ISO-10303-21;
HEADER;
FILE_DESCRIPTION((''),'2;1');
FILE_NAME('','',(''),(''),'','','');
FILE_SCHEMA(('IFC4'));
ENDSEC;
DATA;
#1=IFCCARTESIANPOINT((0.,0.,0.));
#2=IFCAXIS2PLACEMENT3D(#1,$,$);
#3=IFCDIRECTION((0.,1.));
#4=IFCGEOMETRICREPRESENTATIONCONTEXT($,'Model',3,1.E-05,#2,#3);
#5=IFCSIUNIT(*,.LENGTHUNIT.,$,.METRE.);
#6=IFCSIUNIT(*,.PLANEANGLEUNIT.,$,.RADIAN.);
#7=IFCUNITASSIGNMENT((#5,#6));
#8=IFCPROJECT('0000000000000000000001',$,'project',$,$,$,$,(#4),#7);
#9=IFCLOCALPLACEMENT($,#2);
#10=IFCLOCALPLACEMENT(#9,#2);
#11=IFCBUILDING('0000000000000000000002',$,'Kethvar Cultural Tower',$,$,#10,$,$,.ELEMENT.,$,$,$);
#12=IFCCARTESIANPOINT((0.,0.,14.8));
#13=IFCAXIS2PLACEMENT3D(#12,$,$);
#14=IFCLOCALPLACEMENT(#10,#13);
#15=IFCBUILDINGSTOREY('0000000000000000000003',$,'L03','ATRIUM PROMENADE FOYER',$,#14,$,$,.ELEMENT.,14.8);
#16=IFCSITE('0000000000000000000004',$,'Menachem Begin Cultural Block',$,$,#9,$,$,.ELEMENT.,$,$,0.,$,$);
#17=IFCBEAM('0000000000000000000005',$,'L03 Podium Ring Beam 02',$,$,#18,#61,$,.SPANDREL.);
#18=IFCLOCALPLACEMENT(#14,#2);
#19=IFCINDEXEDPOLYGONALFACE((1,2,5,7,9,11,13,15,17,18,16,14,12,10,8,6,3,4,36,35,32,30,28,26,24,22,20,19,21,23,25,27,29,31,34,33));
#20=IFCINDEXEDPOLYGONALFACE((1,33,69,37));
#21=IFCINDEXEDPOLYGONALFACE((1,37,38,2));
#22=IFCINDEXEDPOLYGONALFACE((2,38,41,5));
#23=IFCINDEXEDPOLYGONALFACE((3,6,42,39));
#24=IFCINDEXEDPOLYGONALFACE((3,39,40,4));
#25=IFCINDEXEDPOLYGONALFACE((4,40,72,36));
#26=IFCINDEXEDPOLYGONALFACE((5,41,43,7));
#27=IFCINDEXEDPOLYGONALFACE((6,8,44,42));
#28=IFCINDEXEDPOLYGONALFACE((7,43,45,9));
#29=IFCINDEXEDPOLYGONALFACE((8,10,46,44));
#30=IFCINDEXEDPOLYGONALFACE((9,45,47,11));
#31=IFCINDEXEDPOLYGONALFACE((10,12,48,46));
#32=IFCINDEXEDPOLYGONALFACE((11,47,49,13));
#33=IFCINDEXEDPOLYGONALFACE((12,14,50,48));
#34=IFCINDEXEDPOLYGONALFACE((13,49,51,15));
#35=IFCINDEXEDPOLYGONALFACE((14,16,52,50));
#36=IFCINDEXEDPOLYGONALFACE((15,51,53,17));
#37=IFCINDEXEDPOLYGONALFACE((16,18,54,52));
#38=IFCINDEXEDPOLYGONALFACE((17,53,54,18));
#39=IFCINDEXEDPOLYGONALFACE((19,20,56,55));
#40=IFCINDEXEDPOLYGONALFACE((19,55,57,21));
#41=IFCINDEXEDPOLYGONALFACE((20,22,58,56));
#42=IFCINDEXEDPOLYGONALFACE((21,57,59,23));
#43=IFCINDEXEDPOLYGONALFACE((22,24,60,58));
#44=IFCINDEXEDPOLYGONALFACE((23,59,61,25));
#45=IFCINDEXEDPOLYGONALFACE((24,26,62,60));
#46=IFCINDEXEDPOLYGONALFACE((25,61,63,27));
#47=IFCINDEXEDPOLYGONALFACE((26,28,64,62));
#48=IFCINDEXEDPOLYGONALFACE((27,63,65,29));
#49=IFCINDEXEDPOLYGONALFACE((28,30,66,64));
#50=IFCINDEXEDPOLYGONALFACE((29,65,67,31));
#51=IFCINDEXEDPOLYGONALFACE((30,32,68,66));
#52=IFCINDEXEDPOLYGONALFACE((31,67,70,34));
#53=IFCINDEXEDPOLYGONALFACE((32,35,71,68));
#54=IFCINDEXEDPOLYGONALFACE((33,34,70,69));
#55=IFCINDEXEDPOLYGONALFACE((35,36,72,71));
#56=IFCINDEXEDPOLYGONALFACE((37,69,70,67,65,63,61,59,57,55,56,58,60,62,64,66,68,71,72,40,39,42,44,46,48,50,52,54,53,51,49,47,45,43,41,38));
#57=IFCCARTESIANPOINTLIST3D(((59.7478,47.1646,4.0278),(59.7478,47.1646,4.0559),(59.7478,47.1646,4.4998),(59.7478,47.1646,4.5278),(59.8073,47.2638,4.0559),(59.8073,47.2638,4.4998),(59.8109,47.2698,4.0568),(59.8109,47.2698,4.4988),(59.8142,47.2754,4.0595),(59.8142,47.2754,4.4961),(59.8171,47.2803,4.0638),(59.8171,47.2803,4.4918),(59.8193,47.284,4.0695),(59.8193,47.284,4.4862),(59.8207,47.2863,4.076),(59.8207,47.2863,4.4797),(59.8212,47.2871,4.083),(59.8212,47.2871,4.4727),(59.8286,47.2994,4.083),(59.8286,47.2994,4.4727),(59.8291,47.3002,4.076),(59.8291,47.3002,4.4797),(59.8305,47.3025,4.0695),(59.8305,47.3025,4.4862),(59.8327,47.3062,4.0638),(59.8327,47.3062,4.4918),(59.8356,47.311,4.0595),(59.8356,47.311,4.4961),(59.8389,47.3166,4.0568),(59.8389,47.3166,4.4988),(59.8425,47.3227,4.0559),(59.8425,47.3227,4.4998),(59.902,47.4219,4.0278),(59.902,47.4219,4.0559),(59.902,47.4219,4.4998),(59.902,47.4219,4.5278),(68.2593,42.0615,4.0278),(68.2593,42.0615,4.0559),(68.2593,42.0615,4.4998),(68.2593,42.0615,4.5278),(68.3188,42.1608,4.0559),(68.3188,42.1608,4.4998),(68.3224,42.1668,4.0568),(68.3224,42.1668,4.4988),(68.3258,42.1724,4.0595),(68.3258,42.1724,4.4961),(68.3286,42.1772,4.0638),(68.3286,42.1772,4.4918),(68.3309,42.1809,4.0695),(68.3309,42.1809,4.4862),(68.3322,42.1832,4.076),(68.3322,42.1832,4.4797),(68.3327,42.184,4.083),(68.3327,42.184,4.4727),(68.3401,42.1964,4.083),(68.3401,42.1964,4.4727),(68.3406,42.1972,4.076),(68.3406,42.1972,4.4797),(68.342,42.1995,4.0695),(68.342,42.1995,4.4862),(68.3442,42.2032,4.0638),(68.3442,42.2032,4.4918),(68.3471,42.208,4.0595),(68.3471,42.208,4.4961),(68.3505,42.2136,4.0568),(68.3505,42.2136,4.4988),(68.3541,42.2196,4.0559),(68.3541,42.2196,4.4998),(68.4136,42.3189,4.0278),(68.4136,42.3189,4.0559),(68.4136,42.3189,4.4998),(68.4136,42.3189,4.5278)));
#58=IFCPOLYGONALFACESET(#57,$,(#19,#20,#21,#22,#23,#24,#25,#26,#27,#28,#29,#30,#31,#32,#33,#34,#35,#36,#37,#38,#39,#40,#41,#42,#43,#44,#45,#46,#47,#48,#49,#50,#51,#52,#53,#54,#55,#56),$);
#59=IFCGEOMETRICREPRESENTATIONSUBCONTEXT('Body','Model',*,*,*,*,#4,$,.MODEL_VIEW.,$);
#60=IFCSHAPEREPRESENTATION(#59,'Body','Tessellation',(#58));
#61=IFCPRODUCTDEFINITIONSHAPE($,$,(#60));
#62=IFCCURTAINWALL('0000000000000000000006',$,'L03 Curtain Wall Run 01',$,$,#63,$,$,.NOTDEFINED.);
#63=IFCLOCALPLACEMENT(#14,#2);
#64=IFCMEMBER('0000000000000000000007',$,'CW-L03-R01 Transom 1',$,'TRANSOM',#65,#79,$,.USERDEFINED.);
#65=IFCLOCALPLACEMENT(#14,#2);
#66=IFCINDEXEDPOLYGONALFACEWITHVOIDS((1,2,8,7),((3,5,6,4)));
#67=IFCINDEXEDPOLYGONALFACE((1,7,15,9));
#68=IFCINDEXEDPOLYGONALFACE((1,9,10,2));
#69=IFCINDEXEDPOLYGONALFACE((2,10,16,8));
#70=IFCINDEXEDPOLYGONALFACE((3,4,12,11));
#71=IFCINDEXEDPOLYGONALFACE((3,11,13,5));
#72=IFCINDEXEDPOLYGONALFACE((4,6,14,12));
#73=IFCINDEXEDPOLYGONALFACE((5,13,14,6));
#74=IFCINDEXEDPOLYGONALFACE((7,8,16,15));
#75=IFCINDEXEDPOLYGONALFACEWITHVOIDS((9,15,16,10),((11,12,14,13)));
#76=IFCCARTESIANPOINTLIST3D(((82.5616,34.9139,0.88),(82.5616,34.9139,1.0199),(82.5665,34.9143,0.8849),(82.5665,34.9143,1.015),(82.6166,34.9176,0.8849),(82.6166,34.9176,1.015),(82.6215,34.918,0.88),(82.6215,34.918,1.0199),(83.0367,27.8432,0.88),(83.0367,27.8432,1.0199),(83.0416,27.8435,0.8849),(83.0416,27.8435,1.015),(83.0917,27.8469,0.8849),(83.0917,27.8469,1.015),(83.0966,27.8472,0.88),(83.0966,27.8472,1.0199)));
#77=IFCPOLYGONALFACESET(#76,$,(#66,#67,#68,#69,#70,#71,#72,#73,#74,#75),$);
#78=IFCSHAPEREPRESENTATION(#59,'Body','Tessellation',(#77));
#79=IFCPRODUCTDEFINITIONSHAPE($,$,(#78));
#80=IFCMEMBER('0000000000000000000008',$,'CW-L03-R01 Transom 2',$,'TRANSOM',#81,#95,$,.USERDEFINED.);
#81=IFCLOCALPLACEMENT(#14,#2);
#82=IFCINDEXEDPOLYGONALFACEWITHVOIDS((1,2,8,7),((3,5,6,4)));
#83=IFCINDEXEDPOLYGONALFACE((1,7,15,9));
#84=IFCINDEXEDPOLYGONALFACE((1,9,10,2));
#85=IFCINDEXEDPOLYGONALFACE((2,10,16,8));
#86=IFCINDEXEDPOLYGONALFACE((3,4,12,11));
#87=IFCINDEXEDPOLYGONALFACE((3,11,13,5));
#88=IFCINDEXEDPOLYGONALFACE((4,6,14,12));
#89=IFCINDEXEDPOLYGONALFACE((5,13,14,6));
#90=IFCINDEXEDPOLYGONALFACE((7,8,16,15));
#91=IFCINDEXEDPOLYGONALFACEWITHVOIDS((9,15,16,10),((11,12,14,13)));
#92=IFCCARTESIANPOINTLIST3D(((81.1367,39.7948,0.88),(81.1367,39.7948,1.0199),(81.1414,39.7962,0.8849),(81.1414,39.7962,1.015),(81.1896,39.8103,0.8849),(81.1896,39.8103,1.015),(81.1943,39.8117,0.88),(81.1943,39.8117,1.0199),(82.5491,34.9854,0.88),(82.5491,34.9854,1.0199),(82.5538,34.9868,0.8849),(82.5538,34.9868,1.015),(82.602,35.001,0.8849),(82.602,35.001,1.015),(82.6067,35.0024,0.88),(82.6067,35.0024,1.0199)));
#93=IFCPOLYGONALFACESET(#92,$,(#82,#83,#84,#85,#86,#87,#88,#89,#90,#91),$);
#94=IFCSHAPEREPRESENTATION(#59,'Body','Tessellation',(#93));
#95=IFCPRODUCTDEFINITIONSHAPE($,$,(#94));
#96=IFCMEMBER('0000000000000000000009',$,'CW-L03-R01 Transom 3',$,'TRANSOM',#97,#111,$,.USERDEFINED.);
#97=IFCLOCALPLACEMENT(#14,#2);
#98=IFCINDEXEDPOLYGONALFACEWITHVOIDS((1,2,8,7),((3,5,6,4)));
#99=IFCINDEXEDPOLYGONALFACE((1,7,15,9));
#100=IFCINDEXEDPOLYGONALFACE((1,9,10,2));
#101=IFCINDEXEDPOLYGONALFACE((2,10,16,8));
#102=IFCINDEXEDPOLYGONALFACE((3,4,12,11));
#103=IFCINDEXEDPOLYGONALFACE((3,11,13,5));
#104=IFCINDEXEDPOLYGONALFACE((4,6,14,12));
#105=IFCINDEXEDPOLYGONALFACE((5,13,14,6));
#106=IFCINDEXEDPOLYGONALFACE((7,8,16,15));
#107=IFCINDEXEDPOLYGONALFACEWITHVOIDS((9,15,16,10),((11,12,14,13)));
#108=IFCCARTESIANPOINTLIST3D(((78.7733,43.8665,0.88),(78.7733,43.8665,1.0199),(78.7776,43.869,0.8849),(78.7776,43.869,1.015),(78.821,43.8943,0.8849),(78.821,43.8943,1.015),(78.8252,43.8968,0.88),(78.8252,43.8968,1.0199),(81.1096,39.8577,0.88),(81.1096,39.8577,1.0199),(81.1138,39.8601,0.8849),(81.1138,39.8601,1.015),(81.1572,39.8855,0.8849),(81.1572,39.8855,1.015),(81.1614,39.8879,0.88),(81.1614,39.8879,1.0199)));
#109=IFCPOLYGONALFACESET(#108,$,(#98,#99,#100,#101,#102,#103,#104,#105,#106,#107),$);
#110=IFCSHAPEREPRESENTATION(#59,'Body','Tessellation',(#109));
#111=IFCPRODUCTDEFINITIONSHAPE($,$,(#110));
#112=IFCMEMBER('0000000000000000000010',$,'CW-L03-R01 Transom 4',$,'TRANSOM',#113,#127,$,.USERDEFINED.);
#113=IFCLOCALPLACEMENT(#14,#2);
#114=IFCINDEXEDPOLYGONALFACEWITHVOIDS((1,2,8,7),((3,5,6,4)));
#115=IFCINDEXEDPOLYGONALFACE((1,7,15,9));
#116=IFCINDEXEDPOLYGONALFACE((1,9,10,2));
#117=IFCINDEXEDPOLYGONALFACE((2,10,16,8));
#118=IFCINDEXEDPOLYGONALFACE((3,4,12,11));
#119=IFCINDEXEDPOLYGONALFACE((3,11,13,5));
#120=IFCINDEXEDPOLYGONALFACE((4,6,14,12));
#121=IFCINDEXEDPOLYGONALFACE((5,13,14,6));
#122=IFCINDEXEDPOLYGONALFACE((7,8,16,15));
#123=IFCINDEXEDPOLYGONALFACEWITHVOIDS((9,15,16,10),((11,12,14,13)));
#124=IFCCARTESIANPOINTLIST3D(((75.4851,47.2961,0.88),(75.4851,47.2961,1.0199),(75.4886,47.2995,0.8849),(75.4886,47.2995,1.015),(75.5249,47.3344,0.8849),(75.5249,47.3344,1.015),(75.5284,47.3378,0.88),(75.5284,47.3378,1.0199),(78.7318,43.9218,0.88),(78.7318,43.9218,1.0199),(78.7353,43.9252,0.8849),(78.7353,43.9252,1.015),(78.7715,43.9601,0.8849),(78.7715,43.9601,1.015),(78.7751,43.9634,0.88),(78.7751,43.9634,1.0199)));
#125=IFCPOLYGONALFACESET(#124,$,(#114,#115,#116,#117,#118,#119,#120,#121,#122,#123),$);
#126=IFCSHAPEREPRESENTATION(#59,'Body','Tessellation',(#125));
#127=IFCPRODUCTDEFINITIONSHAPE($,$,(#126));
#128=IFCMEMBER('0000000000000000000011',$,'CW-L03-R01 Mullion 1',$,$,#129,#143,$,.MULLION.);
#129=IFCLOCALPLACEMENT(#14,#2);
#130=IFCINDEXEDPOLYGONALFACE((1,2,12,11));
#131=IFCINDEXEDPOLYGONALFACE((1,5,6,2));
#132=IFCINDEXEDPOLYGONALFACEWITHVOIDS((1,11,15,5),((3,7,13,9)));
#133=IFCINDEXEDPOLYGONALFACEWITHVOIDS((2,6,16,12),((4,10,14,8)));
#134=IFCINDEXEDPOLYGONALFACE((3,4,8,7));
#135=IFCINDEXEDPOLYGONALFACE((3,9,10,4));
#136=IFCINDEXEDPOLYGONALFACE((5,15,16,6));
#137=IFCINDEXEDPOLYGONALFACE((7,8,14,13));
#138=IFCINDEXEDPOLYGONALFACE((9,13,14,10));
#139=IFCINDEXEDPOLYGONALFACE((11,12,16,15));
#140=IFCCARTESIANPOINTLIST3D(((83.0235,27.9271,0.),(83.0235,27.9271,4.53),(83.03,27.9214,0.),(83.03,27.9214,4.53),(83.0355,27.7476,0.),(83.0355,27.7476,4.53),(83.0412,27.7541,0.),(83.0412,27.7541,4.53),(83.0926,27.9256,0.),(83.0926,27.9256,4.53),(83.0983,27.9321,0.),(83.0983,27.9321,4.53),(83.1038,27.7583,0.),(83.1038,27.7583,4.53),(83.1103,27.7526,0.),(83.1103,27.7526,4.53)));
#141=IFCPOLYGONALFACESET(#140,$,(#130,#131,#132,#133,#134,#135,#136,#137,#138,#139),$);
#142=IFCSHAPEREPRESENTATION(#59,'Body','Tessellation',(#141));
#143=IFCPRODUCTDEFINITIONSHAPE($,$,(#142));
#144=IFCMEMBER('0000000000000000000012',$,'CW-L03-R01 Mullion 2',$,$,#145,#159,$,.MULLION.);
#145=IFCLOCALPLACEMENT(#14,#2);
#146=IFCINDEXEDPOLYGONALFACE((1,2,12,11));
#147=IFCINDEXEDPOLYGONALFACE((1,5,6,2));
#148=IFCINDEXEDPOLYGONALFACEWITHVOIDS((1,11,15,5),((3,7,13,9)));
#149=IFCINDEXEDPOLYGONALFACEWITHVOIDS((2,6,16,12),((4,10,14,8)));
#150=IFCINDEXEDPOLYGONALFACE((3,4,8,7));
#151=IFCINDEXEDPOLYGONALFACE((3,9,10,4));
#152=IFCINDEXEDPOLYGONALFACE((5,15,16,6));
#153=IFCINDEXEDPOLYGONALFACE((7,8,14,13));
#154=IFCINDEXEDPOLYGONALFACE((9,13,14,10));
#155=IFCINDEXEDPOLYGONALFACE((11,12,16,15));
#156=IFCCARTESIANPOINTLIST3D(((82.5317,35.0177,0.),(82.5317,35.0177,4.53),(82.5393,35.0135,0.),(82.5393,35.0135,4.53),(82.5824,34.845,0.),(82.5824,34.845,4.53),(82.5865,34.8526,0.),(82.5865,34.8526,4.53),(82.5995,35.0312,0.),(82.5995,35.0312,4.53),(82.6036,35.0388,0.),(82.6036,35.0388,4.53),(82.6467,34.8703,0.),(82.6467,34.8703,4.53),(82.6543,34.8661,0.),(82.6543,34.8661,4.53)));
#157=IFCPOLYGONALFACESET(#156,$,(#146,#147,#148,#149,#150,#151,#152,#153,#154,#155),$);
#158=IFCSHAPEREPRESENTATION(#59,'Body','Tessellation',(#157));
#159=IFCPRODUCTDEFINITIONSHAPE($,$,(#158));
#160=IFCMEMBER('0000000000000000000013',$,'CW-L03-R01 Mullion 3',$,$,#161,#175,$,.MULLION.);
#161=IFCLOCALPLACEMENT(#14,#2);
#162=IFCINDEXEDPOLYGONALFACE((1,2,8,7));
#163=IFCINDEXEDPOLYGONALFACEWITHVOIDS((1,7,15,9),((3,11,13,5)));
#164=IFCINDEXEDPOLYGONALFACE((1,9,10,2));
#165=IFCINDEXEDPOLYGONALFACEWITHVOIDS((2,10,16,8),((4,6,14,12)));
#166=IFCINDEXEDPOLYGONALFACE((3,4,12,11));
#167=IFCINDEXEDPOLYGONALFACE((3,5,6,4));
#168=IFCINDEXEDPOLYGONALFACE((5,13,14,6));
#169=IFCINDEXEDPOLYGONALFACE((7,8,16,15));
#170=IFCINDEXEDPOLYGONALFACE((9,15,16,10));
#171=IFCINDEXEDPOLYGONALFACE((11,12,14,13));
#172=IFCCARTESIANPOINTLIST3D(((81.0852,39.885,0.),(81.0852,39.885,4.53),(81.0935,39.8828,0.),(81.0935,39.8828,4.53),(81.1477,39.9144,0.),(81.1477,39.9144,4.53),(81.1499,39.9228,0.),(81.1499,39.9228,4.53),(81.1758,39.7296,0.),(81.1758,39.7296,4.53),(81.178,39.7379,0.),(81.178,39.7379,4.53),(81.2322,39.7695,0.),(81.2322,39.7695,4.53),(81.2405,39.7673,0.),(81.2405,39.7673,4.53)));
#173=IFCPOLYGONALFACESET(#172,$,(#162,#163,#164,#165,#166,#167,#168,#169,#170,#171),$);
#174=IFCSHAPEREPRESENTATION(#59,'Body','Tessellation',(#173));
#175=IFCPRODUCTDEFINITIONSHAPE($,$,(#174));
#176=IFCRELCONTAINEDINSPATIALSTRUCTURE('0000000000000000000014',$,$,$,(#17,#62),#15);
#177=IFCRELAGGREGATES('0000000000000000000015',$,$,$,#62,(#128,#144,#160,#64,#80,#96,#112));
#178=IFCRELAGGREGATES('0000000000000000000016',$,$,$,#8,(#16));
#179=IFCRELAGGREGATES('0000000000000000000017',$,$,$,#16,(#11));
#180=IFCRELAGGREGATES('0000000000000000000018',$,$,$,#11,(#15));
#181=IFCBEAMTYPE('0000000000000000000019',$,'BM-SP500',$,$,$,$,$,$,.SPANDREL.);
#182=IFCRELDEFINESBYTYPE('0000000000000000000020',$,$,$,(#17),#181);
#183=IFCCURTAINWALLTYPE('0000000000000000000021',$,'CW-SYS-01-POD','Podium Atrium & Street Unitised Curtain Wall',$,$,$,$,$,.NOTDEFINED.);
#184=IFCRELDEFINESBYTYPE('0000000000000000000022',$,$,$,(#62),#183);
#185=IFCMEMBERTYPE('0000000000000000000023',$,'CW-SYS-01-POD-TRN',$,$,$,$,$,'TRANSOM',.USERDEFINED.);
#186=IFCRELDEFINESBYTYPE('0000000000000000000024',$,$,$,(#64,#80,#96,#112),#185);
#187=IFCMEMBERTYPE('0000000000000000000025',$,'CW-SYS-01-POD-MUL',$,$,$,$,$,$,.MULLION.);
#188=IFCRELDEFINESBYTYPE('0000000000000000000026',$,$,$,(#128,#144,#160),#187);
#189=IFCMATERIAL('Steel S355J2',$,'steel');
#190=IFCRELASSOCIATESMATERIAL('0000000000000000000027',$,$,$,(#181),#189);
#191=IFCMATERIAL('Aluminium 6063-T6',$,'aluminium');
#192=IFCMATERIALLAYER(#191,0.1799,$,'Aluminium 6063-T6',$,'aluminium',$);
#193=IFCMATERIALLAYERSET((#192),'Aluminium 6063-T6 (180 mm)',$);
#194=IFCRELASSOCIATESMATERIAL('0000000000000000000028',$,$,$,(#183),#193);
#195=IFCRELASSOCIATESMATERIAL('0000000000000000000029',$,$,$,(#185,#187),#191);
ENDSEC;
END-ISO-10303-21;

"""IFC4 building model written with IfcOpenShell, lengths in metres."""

from ifc_helpers import new_model, si_unit, direction, frame, origin, origin_2d, place, context, subcontext, project, spatial, hollow_rectangle, i_section, extrude, source, transform, mapped, material, layer, layer_set, material_profile, profile_set, type_object, element, aggregate, save


model = new_model("IFC4")

# Units and contexts
model_context = context("Model", 3, precision=1e-05, world=origin(), true_north=direction((0.0, 1.0)))
body_context = subcontext(model_context, "Body", "Model", "MODEL_VIEW")
ifc_project = project(units=[si_unit("LENGTHUNIT", "METRE"), si_unit("PLANEANGLEUNIT", "RADIAN")], contexts=[model_context])

# Site, building, storey
site_placement = place(None, origin())
site = spatial("IfcSite", under=ifc_project, at=site_placement, Name="Menachem Begin Cultural Block", CompositionType="ELEMENT", RefElevation=0.0)
building_placement = place(site_placement, origin())
building = spatial("IfcBuilding", under=site, at=building_placement, Name="Kethvar Cultural Tower", CompositionType="ELEMENT")
storey_placement = place(building_placement, frame((0.0, 0.0, 14.8)))
storey = spatial("IfcBuildingStorey", under=building, at=storey_placement, Name="L03", Description="ATRIUM PROMENADE FOYER", CompositionType="ELEMENT", Elevation=14.8)

# Beam
ifc_material_1 = material(Name="Steel S355J2", Category="steel")
ifc_material_profile_1 = material_profile(ifc_material_1, i_section(OverallWidth=0.3, OverallDepth=0.5, WebThickness=0.0144, FlangeThickness=0.0281, FilletRadius=0.0271, at=origin_2d()), Name="Steel S355J2 — HEB500")
ifc_profile_set_1 = profile_set([ifc_material_profile_1], Name="Steel S355J2 — HEB500")
beam_type = type_object("IfcBeamType", Name="BM-SP500", PredefinedType="SPANDREL", material=ifc_profile_set_1)
shared_shape_1 = source(origin(), body_context, "Body", "SweptSolid", [
    extrude(i_section(OverallWidth=0.3, OverallDepth=0.5, WebThickness=0.0144, FlangeThickness=0.0281, FilletRadius=0.0271, at=origin_2d()), origin(), (0.0, 0.0, 1.0), 9.9241),
])
beam_1_placement = place(storey_placement, frame((68.3364, 42.1902, 4.2778), z_axis=(-0.857664, 0.51421, 0.0), x_axis=(-0.51421, -0.857664, 0.0)))
element("IfcBeam", 1, at=beam_1_placement, inside=storey, type_object=beam_type, Name="L03 Podium Ring Beam 02", PredefinedType="SPANDREL", context=body_context, shape_type="MappedRepresentation", body=[
    mapped(shared_shape_1, transform((0.0, 0.0, 0.0), scale=1.0)),
])

# Curtain wall, members
ifc_material_2 = material(Name="Aluminium 6063-T6", Category="aluminium")
ifc_layer_1 = layer(ifc_material_2, 0.1799, Name="Aluminium 6063-T6", Category="aluminium")
ifc_layer_set_1 = layer_set([ifc_layer_1], Name="Aluminium 6063-T6 (180 mm)")
curtain_wall_type = type_object("IfcCurtainWallType", Name="CW-SYS-01-POD", Description="Podium Atrium & Street Unitised Curtain Wall", PredefinedType="NOTDEFINED", material=ifc_layer_set_1)
curtain_wall_1_placement = place(storey_placement, origin())
curtain_wall_1 = element("IfcCurtainWall", 2, at=curtain_wall_1_placement, inside=storey, type_object=curtain_wall_type, Name="L03 Curtain Wall Run 01", PredefinedType="NOTDEFINED")
ifc_material_profile_2 = material_profile(ifc_material_2, hollow_rectangle(XDim=0.0601, YDim=0.1399, WallThickness=0.0049, at=origin_2d()), Name="Aluminium 6063-T6 — RHS140x60x5")
ifc_profile_set_2 = profile_set([ifc_material_profile_2], Name="Aluminium 6063-T6 — RHS140x60x5")
member_type_1 = type_object("IfcMemberType", Name="CW-SYS-01-POD-TRN", ElementType="TRANSOM", PredefinedType="USERDEFINED", material=ifc_profile_set_2)
shared_shape_2 = source(origin(), body_context, "Body", "SweptSolid", [
    extrude(hollow_rectangle(XDim=0.0601, YDim=0.1399, WallThickness=0.0049, at=origin_2d()), origin(), (0.0, 0.0, 1.0), 7.0867),
])
member_1_placement = place(storey_placement, frame((83.0667, 27.8452, 0.95), z_axis=(-0.06704, 0.99775, 0.0), x_axis=(-0.99775, -0.06704, 0.0)))
member_1 = element("IfcMember", 3, at=member_1_placement, type_object=member_type_1, Name="CW-L03-R01 Transom 1", ObjectType="TRANSOM", PredefinedType="USERDEFINED", context=body_context, shape_type="MappedRepresentation", body=[
    mapped(shared_shape_2, transform((0.0, 0.0, 0.0), scale=1.0)),
])
shared_shape_3 = source(origin(), body_context, "Body", "SweptSolid", [
    extrude(hollow_rectangle(XDim=0.0601, YDim=0.1399, WallThickness=0.0049, at=origin_2d()), origin(), (0.0, 0.0, 1.0), 5.0125),
])
member_2_placement = place(storey_placement, frame((82.5779, 34.9939, 0.95), z_axis=(-0.281771, 0.959482, 0.0), x_axis=(-0.959482, -0.281771, 0.0)))
member_2 = element("IfcMember", 4, at=member_2_placement, type_object=member_type_1, Name="CW-L03-R01 Transom 2", ObjectType="TRANSOM", PredefinedType="USERDEFINED", context=body_context, shape_type="MappedRepresentation", body=[
    mapped(shared_shape_3, transform((0.0, 0.0, 0.0), scale=1.0)),
])
shared_shape_4 = source(origin(), body_context, "Body", "SweptSolid", [
    extrude(hollow_rectangle(XDim=0.0601, YDim=0.1399, WallThickness=0.0049, at=origin_2d()), origin(), (0.0, 0.0, 1.0), 4.6399),
])
member_3_placement = place(storey_placement, frame((81.1355, 39.8728, 0.95), z_axis=(-0.503505, 0.863993, 0.0), x_axis=(-0.863993, -0.503505, 0.0)))
member_3 = element("IfcMember", 5, at=member_3_placement, type_object=member_type_1, Name="CW-L03-R01 Transom 3", ObjectType="TRANSOM", PredefinedType="USERDEFINED", context=body_context, shape_type="MappedRepresentation", body=[
    mapped(shared_shape_4, transform((0.0, 0.0, 0.0), scale=1.0)),
])
shared_shape_5 = source(origin(), body_context, "Body", "SweptSolid", [
    extrude(hollow_rectangle(XDim=0.0601, YDim=0.1399, WallThickness=0.0049, at=origin_2d()), origin(), (0.0, 0.0, 1.0), 4.6826),
])
member_4_placement = place(storey_placement, frame((78.7534, 43.9426, 0.95), z_axis=(-0.693341, 0.72061, 0.0), x_axis=(-0.72061, -0.693341, 0.0)))
member_4 = element("IfcMember", 6, at=member_4_placement, type_object=member_type_1, Name="CW-L03-R01 Transom 4", ObjectType="TRANSOM", PredefinedType="USERDEFINED", context=body_context, shape_type="MappedRepresentation", body=[
    mapped(shared_shape_5, transform((0.0, 0.0, 0.0), scale=1.0)),
])
ifc_material_profile_3 = material_profile(ifc_material_2, hollow_rectangle(XDim=0.075, YDim=0.1799, WallThickness=0.0061, at=origin_2d()), Name="Aluminium 6063-T6 — RHS180x75x6")
ifc_profile_set_3 = profile_set([ifc_material_profile_3], Name="Aluminium 6063-T6 — RHS180x75x6")
member_type_2 = type_object("IfcMemberType", Name="CW-SYS-01-POD-MUL", PredefinedType="MULLION", material=ifc_profile_set_3)
shared_shape_6 = source(origin(), body_context, "Body", "SweptSolid", [
    extrude(hollow_rectangle(XDim=0.075, YDim=0.1799, WallThickness=0.0061, at=origin_2d()), origin(), (0.0, 0.0, 1.0), 4.53),
])
member_5_placement = place(storey_placement, frame((83.0669, 27.8398, 0.0), z_axis=(0.0, 0.0, 1.0), x_axis=(-0.99775, -0.06704, 0.0)))
member_5 = element("IfcMember", 7, at=member_5_placement, type_object=member_type_2, Name="CW-L03-R01 Mullion 1", PredefinedType="MULLION", context=body_context, shape_type="MappedRepresentation", body=[
    mapped(shared_shape_6, transform((0.0, 0.0, 0.0), scale=1.0)),
])
member_6_placement = place(storey_placement, frame((82.593, 34.9419, 0.0), z_axis=(0.0, 0.0, 1.0), x_axis=(-0.959496, -0.281722, 0.0)))
member_6 = element("IfcMember", 8, at=member_6_placement, type_object=member_type_2, Name="CW-L03-R01 Mullion 2", PredefinedType="MULLION", context=body_context, shape_type="MappedRepresentation", body=[
    mapped(shared_shape_6, transform((0.0, 0.0, 0.0), scale=1.0)),
])
member_7_placement = place(storey_placement, frame((81.1628, 39.8262, 0.0), z_axis=(0.0, 0.0, 1.0), x_axis=(-0.863985, -0.503518, 0.0)))
member_7 = element("IfcMember", 9, at=member_7_placement, type_object=member_type_2, Name="CW-L03-R01 Mullion 3", PredefinedType="MULLION", context=body_context, shape_type="MappedRepresentation", body=[
    mapped(shared_shape_6, transform((0.0, 0.0, 0.0), scale=1.0)),
])

aggregate(curtain_wall_1, [member_5, member_6, member_7, member_1, member_2, member_3, member_4])

save(model, "model.ifc")
